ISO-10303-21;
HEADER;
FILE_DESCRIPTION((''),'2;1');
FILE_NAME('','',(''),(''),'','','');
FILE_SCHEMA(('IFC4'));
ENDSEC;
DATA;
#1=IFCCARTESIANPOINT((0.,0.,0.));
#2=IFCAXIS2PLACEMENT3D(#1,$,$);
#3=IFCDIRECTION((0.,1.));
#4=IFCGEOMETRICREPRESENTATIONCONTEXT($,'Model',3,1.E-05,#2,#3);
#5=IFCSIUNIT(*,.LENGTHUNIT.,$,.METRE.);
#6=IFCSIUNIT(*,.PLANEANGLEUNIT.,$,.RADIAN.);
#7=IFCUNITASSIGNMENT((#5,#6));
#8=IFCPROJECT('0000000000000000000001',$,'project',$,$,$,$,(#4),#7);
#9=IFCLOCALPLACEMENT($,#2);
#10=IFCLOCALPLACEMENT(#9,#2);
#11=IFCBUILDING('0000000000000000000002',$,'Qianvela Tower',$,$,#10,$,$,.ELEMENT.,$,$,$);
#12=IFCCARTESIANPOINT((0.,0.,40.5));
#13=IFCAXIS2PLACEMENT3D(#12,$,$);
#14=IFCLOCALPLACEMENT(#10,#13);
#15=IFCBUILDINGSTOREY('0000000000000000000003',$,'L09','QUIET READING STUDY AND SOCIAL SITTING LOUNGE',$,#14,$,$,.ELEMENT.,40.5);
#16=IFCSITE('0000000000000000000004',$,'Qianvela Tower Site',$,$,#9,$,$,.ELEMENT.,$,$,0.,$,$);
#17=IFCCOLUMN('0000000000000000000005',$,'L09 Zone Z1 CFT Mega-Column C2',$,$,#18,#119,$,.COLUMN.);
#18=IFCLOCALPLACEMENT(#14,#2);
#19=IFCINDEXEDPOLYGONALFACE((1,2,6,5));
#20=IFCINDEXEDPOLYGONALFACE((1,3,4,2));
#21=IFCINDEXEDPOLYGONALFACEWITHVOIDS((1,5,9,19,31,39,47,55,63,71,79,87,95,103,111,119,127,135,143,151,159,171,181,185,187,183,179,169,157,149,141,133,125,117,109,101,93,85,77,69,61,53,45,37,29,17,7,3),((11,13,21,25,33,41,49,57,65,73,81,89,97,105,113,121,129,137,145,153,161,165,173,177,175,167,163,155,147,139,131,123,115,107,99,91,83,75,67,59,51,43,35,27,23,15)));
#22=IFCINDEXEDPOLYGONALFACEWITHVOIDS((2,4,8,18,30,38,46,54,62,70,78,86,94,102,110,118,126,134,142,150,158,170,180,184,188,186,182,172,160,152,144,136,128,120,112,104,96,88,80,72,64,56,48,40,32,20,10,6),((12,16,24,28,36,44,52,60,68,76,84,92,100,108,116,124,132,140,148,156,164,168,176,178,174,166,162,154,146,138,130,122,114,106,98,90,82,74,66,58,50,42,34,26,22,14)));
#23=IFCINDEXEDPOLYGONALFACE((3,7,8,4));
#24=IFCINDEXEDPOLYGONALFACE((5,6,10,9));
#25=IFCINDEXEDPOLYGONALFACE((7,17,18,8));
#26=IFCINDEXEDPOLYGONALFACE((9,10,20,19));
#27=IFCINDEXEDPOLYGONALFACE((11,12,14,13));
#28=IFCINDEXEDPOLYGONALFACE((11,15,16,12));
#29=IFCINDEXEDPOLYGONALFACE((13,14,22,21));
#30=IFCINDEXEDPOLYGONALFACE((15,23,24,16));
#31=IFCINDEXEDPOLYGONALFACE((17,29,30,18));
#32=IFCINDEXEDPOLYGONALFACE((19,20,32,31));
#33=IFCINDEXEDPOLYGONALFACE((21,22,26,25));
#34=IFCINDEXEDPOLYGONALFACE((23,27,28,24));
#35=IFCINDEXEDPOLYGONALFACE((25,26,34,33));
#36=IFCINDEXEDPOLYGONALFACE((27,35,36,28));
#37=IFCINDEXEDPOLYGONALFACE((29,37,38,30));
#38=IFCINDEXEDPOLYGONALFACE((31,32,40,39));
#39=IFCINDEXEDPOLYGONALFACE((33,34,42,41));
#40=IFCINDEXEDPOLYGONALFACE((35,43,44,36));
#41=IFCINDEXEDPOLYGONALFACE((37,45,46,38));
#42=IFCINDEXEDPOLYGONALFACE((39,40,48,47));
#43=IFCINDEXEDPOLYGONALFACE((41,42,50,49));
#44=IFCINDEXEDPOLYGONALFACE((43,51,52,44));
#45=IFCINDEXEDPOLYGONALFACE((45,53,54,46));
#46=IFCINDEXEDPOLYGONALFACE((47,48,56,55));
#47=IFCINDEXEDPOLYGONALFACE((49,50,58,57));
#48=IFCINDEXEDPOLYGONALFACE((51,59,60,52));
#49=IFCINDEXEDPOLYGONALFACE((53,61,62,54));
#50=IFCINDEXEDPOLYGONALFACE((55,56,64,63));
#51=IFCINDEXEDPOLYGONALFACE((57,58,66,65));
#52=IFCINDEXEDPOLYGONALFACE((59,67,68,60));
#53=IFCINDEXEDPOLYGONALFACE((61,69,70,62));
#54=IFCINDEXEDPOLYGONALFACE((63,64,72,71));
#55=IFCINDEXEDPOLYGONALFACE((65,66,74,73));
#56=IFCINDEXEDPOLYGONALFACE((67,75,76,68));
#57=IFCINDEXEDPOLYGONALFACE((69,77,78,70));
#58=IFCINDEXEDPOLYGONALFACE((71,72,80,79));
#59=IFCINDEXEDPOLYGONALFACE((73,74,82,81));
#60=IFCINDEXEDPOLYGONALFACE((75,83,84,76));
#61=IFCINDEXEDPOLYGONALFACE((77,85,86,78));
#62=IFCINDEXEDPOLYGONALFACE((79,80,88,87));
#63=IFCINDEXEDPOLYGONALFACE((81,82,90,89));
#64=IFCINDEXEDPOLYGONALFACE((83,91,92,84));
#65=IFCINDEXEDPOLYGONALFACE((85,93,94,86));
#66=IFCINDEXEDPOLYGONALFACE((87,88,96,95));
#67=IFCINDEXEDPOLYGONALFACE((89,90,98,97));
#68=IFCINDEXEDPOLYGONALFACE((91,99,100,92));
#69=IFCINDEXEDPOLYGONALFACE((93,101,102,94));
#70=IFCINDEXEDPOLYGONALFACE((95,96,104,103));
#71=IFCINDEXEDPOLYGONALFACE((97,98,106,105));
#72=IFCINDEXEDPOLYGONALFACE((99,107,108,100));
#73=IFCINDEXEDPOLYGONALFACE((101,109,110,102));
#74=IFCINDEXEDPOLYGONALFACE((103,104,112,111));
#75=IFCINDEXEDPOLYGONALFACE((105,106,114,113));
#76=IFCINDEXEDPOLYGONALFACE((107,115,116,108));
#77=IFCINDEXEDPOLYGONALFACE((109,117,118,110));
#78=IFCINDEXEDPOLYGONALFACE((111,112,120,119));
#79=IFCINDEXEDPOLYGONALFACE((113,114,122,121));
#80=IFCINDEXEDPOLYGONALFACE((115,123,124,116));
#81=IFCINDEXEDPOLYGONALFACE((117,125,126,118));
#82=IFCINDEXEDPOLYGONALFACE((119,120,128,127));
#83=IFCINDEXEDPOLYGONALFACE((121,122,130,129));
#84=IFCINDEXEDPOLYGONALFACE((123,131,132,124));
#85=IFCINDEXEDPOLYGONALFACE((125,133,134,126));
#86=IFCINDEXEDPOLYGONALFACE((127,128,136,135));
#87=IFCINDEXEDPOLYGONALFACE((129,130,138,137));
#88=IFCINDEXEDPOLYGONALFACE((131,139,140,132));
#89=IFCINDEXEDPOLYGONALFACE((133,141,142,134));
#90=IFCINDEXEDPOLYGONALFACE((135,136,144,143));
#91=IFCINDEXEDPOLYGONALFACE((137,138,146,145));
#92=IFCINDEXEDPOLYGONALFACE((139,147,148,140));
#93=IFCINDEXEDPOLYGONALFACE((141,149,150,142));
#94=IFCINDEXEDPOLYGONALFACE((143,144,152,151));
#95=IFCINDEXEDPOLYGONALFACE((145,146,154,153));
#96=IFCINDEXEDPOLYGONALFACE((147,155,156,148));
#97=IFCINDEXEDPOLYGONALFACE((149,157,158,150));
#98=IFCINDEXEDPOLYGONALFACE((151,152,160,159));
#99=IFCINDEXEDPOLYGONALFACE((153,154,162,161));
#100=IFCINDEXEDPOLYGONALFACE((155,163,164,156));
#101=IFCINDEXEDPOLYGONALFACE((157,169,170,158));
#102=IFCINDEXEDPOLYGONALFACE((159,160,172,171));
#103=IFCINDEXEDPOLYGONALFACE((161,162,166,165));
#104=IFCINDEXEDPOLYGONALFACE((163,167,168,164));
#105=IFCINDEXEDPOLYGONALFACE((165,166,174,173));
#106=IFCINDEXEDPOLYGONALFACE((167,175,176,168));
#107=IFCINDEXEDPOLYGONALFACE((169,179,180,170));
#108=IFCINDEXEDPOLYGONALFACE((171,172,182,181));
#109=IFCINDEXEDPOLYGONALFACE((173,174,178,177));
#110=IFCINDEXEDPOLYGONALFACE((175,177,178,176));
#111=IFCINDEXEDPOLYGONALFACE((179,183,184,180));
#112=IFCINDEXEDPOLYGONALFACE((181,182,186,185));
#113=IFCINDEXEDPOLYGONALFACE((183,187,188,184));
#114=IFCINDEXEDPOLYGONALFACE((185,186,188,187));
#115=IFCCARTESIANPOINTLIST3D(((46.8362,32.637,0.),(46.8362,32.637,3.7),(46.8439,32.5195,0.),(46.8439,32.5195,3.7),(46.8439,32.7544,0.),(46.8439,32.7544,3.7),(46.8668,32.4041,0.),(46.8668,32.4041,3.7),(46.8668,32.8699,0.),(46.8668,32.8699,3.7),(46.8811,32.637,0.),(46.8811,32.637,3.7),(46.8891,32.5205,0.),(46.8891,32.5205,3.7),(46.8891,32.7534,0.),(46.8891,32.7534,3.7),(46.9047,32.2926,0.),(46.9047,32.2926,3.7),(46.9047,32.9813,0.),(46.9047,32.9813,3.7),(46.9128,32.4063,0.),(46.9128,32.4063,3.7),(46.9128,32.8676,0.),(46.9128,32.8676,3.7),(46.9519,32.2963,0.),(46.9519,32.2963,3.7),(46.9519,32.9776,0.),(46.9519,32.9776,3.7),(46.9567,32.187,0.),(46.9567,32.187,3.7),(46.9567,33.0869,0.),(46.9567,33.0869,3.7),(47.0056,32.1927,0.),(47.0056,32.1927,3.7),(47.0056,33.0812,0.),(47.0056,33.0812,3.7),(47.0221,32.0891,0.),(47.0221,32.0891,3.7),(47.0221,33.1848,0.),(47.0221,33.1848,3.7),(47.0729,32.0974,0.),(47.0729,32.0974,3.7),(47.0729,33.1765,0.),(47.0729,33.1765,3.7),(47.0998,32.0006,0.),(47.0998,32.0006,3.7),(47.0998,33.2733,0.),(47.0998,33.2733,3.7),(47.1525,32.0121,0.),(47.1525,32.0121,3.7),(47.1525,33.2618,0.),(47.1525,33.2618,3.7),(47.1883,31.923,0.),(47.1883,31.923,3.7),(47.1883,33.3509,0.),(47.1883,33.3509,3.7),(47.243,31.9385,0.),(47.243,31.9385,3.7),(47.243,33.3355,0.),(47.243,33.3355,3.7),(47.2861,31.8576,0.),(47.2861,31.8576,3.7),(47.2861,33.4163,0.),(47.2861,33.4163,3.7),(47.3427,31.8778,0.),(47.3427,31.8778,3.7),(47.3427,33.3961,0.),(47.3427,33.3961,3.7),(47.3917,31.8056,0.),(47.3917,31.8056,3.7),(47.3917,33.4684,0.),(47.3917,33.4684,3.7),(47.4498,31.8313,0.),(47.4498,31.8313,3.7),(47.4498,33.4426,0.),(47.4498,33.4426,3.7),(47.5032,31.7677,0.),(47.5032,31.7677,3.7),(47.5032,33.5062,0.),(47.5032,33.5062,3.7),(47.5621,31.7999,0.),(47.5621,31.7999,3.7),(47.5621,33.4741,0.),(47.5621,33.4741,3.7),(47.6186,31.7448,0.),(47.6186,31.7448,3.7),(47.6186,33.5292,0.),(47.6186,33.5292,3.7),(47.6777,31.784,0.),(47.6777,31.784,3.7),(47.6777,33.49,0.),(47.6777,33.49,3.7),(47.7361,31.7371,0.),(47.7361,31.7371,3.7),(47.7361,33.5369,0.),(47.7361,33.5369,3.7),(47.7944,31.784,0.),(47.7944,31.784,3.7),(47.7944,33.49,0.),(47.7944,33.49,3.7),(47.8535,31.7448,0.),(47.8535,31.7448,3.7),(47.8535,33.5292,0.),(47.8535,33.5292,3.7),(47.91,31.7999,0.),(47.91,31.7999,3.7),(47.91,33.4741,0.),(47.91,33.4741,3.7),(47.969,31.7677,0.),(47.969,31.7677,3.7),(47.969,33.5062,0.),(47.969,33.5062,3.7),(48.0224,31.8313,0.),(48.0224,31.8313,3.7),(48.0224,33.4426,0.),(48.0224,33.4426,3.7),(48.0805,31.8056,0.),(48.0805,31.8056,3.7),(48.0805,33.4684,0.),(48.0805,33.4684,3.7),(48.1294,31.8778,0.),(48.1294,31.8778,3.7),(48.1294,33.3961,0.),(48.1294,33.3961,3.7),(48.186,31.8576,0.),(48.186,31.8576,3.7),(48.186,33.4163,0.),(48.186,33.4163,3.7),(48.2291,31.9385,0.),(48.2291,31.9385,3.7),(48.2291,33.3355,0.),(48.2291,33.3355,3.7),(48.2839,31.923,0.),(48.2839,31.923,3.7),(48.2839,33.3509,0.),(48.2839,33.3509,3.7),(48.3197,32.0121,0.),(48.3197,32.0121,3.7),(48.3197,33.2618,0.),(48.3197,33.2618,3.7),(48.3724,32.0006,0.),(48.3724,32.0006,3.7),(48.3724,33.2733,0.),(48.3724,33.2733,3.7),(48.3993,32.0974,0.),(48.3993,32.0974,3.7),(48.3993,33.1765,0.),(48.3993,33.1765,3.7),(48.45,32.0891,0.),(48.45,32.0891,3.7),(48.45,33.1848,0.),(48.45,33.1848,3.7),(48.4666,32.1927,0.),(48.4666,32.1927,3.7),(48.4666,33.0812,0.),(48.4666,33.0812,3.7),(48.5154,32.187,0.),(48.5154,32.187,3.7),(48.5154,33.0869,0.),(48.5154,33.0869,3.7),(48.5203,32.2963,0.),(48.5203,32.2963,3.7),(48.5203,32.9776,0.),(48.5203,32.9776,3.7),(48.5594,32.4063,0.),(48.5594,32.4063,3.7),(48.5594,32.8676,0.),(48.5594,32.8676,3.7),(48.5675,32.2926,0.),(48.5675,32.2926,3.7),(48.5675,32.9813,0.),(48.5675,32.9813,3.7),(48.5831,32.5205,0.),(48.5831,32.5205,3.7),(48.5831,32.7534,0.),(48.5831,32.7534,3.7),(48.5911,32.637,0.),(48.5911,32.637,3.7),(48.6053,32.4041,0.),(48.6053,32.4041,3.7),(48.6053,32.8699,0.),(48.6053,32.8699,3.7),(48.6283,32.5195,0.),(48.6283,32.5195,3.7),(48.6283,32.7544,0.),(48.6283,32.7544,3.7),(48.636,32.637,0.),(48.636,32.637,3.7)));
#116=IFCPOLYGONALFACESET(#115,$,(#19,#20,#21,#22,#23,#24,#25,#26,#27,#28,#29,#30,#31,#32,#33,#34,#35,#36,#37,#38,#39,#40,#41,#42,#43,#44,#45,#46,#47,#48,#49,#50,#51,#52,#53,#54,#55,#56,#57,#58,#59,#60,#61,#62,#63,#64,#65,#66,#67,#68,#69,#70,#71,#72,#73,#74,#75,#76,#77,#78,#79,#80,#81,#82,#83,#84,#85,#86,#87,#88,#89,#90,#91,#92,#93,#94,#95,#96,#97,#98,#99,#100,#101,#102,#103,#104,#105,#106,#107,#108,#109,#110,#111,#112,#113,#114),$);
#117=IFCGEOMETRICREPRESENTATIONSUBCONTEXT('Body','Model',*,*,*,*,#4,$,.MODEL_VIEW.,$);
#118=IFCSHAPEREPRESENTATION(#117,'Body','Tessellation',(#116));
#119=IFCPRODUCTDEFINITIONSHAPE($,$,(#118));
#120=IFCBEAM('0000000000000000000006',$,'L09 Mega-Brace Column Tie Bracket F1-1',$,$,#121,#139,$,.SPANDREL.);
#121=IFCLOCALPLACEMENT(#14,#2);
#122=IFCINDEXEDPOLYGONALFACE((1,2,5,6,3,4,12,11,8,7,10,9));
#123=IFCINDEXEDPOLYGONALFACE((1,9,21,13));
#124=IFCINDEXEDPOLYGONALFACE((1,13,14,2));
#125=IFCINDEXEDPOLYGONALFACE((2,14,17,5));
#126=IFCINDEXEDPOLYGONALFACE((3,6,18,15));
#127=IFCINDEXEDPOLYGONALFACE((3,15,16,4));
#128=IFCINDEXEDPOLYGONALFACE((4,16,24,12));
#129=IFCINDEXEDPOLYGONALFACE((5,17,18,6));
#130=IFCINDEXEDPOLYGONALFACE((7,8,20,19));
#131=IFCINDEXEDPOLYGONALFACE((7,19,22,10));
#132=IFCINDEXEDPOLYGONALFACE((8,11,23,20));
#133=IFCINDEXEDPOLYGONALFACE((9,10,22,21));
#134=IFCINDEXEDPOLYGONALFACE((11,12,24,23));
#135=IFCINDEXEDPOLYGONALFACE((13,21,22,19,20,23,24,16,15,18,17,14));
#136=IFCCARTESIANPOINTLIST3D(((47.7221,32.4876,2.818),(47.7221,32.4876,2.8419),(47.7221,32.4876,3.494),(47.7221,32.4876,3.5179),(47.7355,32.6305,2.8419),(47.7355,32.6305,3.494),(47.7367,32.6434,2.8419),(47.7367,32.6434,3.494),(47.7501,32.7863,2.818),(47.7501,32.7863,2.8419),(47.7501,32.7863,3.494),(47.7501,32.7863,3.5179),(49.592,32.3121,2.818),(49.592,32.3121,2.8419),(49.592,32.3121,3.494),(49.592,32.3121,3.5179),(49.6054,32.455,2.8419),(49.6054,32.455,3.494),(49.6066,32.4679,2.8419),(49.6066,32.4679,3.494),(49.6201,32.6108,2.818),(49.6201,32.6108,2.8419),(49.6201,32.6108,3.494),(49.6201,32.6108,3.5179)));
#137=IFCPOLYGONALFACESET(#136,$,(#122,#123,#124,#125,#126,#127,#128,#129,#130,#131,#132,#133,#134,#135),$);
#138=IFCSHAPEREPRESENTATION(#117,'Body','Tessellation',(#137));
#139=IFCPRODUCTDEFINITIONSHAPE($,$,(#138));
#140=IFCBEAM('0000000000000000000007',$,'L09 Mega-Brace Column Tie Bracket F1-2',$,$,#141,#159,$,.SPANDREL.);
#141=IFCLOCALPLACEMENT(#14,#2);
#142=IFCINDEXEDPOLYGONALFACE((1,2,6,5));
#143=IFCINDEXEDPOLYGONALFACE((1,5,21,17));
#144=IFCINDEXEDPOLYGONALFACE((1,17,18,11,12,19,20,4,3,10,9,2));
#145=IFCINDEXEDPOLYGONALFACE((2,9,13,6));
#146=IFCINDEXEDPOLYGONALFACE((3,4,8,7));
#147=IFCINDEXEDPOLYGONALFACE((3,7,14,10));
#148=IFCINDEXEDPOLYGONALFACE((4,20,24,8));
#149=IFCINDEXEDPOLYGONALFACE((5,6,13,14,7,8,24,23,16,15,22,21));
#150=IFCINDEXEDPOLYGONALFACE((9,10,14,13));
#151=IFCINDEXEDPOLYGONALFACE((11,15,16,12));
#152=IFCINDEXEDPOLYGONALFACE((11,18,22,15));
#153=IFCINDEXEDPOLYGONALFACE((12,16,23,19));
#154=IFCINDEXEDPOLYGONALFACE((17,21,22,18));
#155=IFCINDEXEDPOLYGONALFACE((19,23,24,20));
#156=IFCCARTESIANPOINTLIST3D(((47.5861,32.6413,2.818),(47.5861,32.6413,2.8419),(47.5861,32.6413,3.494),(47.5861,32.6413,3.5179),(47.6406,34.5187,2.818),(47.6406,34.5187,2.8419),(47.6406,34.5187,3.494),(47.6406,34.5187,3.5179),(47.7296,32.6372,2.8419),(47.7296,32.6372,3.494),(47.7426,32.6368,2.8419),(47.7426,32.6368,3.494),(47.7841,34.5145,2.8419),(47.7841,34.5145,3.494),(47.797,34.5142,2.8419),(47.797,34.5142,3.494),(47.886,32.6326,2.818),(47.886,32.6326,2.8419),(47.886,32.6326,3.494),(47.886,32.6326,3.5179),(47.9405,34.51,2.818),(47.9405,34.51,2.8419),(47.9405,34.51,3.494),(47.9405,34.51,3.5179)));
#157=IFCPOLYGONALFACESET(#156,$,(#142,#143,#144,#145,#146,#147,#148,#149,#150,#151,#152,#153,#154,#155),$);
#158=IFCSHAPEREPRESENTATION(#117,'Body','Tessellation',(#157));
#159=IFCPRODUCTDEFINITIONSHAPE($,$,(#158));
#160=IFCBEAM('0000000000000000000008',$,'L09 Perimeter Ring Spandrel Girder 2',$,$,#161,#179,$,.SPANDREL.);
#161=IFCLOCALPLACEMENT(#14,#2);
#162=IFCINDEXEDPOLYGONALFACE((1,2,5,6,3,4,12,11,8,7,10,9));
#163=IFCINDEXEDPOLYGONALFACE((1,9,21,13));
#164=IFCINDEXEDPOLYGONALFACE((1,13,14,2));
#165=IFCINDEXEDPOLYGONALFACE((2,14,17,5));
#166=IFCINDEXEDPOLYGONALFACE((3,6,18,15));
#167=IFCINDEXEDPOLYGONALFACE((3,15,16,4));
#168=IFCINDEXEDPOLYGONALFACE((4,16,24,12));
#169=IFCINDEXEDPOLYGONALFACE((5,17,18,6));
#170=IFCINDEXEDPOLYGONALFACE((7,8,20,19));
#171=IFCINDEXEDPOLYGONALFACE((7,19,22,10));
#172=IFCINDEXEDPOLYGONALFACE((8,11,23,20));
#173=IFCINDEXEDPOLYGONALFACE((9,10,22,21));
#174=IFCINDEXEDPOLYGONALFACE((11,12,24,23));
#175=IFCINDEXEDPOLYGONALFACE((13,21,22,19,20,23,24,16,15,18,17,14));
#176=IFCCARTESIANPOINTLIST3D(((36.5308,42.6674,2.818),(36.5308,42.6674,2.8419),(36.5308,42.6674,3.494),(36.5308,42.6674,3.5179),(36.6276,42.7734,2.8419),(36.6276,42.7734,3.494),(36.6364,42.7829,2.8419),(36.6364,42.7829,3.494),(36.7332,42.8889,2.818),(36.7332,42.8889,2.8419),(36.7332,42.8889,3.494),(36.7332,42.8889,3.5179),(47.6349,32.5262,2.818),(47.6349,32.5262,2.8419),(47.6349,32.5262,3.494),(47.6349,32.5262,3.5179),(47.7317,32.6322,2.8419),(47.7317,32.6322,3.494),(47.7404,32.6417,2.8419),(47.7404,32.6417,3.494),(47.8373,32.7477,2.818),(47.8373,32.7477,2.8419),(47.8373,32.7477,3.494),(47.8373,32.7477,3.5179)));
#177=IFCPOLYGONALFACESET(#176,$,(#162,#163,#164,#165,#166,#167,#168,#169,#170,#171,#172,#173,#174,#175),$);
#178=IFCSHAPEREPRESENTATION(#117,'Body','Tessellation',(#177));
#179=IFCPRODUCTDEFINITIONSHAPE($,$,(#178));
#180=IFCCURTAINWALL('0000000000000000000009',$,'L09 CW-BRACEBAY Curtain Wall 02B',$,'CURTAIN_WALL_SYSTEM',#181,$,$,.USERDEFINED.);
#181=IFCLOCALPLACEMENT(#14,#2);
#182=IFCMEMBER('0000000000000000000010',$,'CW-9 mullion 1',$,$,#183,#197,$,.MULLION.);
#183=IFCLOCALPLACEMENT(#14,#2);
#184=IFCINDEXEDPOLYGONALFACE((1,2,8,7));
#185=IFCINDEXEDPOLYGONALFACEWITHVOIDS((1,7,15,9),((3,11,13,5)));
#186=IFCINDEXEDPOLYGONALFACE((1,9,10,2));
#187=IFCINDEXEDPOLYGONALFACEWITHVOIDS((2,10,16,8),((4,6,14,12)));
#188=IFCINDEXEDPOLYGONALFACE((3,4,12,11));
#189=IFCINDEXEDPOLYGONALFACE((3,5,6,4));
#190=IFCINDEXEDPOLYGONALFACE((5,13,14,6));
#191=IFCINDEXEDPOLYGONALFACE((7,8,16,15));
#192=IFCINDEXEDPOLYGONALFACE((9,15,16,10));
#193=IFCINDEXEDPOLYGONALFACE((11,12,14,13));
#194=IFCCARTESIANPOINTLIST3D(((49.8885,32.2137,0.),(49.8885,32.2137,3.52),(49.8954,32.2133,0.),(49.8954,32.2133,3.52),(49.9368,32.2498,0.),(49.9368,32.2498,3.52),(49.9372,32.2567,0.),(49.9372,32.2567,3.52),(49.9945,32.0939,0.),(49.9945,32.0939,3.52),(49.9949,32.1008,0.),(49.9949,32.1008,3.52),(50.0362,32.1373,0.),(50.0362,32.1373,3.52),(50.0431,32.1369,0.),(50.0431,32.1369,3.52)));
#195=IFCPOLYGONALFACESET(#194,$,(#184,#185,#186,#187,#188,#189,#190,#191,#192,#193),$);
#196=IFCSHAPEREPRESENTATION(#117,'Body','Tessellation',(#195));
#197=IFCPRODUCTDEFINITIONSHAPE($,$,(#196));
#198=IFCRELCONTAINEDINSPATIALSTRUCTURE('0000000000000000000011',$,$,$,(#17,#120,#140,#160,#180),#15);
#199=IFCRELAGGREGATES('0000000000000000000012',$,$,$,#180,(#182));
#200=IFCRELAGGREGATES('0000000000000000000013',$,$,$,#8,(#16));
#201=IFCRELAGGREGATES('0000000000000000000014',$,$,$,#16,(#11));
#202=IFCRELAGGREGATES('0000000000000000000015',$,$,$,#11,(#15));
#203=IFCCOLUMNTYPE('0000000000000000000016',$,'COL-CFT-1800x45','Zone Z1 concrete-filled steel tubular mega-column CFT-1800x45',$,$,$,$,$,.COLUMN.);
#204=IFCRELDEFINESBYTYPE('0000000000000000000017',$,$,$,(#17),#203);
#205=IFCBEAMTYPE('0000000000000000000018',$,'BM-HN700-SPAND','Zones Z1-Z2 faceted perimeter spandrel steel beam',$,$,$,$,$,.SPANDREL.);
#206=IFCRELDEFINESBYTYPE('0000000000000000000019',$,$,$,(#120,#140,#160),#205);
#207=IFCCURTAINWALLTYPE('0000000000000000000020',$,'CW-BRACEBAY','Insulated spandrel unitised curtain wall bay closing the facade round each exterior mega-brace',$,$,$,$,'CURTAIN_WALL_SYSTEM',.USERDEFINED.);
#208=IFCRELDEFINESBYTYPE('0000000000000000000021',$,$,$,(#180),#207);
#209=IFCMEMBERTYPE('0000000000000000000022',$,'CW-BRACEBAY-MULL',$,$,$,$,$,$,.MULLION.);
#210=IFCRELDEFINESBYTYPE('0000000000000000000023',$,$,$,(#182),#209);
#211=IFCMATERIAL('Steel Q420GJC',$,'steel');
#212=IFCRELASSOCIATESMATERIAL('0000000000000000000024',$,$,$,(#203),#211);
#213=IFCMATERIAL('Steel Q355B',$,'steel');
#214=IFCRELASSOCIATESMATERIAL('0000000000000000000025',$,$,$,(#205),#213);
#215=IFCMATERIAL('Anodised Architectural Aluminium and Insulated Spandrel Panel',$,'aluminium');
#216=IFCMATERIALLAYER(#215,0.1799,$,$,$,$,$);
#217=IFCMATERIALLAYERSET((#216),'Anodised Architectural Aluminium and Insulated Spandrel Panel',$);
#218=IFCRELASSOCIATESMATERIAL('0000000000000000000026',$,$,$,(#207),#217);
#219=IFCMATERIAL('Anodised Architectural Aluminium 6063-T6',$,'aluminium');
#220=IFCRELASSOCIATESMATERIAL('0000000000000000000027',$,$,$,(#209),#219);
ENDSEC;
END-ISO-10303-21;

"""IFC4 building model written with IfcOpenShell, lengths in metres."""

from ifc_helpers import new_model, si_unit, direction, frame, origin, origin_2d, place, context, subcontext, project, spatial, hollow_rectangle, hollow_circle, i_section, extrude, material, layer, layer_set, material_profile, profile_set, type_object, element, aggregate, save


model = new_model("IFC4")

# Units and contexts
model_context = context("Model", 3, precision=1e-05, world=origin(), true_north=direction((0.0, 1.0)))
body_context = subcontext(model_context, "Body", "Model", "MODEL_VIEW")
ifc_project = project(units=[si_unit("LENGTHUNIT", "METRE"), si_unit("PLANEANGLEUNIT", "RADIAN")], contexts=[model_context])

# Site, building, storey
site_placement = place(None, origin())
site = spatial("IfcSite", under=ifc_project, at=site_placement, Name="Qianvela Tower Site", CompositionType="ELEMENT", RefElevation=0.0)
building_placement = place(site_placement, origin())
building = spatial("IfcBuilding", under=site, at=building_placement, Name="Qianvela Tower", CompositionType="ELEMENT")
storey_placement = place(building_placement, frame((0.0, 0.0, 40.5)))
storey = spatial("IfcBuildingStorey", under=building, at=storey_placement, Name="L09", Description="QUIET READING STUDY AND SOCIAL SITTING LOUNGE", CompositionType="ELEMENT", Elevation=40.5)

# Column
ifc_material_1 = material(Name="Steel Q420GJC", Category="steel")
ifc_material_profile_1 = material_profile(ifc_material_1, hollow_circle(Radius=0.8999, WallThickness=0.0449, at=origin_2d()), Name="CFT-1800x45")
ifc_profile_set_1 = profile_set([ifc_material_profile_1], Name="Steel Q420GJC")
column_type = type_object("IfcColumnType", Name="COL-CFT-1800x45", Description="Zone Z1 concrete-filled steel tubular mega-column CFT-1800x45", PredefinedType="COLUMN", material=ifc_profile_set_1)
column_placement = place(storey_placement, frame((47.7361, 32.637, 0.0), z_axis=(0.0, 0.0, 1.0), x_axis=(1.0, 0.0, 0.0)))
element("IfcColumn", 1, at=column_placement, inside=storey, type_object=column_type, Name="L09 Zone Z1 CFT Mega-Column C2", PredefinedType="COLUMN", context=body_context, shape_type="SweptSolid", body=[
    extrude(hollow_circle(Radius=0.8999, WallThickness=0.0449, at=origin_2d()), origin(), (0.0, 0.0, 1.0), 3.7),
])

# Beams
ifc_material_2 = material(Name="Steel Q355B", Category="steel")
ifc_material_profile_2 = material_profile(ifc_material_2, i_section(OverallWidth=0.3, OverallDepth=0.7, WebThickness=0.0129, FlangeThickness=0.0239, at=origin_2d()), Name="HN700x300x13x24")
ifc_profile_set_2 = profile_set([ifc_material_profile_2], Name="Steel Q355B")
beam_type = type_object("IfcBeamType", Name="BM-HN700-SPAND", Description="Zones Z1-Z2 faceted perimeter spandrel steel beam", PredefinedType="SPANDREL", material=ifc_profile_set_2)
for number, where, z_axis, x_axis, name in (
    (2, (47.7361, 32.637, 3.168), (0.995623, -0.093466, 0.0), (0.093466, 0.995623, 0.0), "L09 Mega-Brace Column Tie Bracket F1-1"),
    (3, (47.7361, 32.637, 3.168), (0.028987, 0.99958, 0.0), (-0.99958, 0.028987, 0.0), "L09 Mega-Brace Column Tie Bracket F1-2"),
):
    element("IfcBeam", number, at=place(storey_placement, frame(where, z_axis=z_axis, x_axis=x_axis)), inside=storey, type_object=beam_type, Name=name, PredefinedType="SPANDREL", context=body_context, shape_type="SweptSolid", body=[
        extrude(i_section(OverallWidth=0.3, OverallDepth=0.7, WebThickness=0.0129, FlangeThickness=0.0239, at=origin_2d()), origin(), (0.0, 0.0, 1.0), 1.8782),
    ])
beam_placement = place(storey_placement, frame((47.7361, 32.637, 3.168), z_axis=(-0.738397, 0.674366, 0.0), x_axis=(-0.674366, -0.738397, 0.0)))
element("IfcBeam", 4, at=beam_placement, inside=storey, type_object=beam_type, Name="L09 Perimeter Ring Spandrel Girder 2", PredefinedType="SPANDREL", context=body_context, shape_type="SweptSolid", body=[
    extrude(i_section(OverallWidth=0.3, OverallDepth=0.7, WebThickness=0.0129, FlangeThickness=0.0239, at=origin_2d()), origin(), (0.0, 0.0, 1.0), 15.0381),
])

# Curtain wall, member
ifc_material_3 = material(Name="Anodised Architectural Aluminium and Insulated Spandrel Panel", Category="aluminium")
ifc_layer_1 = layer(ifc_material_3, 0.1799)
ifc_layer_set_1 = layer_set([ifc_layer_1], Name="Anodised Architectural Aluminium and Insulated Spandrel Panel")
curtain_wall_type_1 = type_object("IfcCurtainWallType", Name="CW-BRACEBAY", Description="Insulated spandrel unitised curtain wall bay closing the facade round each exterior mega-brace", ElementType="CURTAIN_WALL_SYSTEM", PredefinedType="USERDEFINED", material=ifc_layer_set_1)
curtain_wall_1_placement = place(storey_placement, origin())
curtain_wall_1 = element("IfcCurtainWall", 5, at=curtain_wall_1_placement, inside=storey, type_object=curtain_wall_type_1, Name="L09 CW-BRACEBAY Curtain Wall 02B", ObjectType="CURTAIN_WALL_SYSTEM", PredefinedType="USERDEFINED")
ifc_material_4 = material(Name="Anodised Architectural Aluminium 6063-T6", Category="aluminium")
ifc_material_profile_3 = material_profile(ifc_material_4, hollow_rectangle(XDim=0.0649, YDim=0.1599, WallThickness=0.0049, at=origin_2d()), Name="ALU-MULL-65x160")
ifc_profile_set_3 = profile_set([ifc_material_profile_3], Name="Anodised Architectural Aluminium 6063-T6")
member_type_1 = type_object("IfcMemberType", Name="CW-BRACEBAY-MULL", PredefinedType="MULLION", material=ifc_profile_set_3)
member_1_placement = place(storey_placement, frame((49.9658, 32.1753, 0.0), z_axis=(0.0, 0.0, 1.0), x_axis=(-0.749095, -0.662463, 0.0)))
member_1 = element("IfcMember", 6, at=member_1_placement, type_object=member_type_1, Name="CW-9 mullion 1", PredefinedType="MULLION", context=body_context, shape_type="SweptSolid", body=[
    extrude(hollow_rectangle(XDim=0.0649, YDim=0.1599, WallThickness=0.0049, at=origin_2d()), origin(), (0.0, 0.0, 1.0), 3.52),
])

aggregate(curtain_wall_1, [member_1])

save(model, "model.ifc")
